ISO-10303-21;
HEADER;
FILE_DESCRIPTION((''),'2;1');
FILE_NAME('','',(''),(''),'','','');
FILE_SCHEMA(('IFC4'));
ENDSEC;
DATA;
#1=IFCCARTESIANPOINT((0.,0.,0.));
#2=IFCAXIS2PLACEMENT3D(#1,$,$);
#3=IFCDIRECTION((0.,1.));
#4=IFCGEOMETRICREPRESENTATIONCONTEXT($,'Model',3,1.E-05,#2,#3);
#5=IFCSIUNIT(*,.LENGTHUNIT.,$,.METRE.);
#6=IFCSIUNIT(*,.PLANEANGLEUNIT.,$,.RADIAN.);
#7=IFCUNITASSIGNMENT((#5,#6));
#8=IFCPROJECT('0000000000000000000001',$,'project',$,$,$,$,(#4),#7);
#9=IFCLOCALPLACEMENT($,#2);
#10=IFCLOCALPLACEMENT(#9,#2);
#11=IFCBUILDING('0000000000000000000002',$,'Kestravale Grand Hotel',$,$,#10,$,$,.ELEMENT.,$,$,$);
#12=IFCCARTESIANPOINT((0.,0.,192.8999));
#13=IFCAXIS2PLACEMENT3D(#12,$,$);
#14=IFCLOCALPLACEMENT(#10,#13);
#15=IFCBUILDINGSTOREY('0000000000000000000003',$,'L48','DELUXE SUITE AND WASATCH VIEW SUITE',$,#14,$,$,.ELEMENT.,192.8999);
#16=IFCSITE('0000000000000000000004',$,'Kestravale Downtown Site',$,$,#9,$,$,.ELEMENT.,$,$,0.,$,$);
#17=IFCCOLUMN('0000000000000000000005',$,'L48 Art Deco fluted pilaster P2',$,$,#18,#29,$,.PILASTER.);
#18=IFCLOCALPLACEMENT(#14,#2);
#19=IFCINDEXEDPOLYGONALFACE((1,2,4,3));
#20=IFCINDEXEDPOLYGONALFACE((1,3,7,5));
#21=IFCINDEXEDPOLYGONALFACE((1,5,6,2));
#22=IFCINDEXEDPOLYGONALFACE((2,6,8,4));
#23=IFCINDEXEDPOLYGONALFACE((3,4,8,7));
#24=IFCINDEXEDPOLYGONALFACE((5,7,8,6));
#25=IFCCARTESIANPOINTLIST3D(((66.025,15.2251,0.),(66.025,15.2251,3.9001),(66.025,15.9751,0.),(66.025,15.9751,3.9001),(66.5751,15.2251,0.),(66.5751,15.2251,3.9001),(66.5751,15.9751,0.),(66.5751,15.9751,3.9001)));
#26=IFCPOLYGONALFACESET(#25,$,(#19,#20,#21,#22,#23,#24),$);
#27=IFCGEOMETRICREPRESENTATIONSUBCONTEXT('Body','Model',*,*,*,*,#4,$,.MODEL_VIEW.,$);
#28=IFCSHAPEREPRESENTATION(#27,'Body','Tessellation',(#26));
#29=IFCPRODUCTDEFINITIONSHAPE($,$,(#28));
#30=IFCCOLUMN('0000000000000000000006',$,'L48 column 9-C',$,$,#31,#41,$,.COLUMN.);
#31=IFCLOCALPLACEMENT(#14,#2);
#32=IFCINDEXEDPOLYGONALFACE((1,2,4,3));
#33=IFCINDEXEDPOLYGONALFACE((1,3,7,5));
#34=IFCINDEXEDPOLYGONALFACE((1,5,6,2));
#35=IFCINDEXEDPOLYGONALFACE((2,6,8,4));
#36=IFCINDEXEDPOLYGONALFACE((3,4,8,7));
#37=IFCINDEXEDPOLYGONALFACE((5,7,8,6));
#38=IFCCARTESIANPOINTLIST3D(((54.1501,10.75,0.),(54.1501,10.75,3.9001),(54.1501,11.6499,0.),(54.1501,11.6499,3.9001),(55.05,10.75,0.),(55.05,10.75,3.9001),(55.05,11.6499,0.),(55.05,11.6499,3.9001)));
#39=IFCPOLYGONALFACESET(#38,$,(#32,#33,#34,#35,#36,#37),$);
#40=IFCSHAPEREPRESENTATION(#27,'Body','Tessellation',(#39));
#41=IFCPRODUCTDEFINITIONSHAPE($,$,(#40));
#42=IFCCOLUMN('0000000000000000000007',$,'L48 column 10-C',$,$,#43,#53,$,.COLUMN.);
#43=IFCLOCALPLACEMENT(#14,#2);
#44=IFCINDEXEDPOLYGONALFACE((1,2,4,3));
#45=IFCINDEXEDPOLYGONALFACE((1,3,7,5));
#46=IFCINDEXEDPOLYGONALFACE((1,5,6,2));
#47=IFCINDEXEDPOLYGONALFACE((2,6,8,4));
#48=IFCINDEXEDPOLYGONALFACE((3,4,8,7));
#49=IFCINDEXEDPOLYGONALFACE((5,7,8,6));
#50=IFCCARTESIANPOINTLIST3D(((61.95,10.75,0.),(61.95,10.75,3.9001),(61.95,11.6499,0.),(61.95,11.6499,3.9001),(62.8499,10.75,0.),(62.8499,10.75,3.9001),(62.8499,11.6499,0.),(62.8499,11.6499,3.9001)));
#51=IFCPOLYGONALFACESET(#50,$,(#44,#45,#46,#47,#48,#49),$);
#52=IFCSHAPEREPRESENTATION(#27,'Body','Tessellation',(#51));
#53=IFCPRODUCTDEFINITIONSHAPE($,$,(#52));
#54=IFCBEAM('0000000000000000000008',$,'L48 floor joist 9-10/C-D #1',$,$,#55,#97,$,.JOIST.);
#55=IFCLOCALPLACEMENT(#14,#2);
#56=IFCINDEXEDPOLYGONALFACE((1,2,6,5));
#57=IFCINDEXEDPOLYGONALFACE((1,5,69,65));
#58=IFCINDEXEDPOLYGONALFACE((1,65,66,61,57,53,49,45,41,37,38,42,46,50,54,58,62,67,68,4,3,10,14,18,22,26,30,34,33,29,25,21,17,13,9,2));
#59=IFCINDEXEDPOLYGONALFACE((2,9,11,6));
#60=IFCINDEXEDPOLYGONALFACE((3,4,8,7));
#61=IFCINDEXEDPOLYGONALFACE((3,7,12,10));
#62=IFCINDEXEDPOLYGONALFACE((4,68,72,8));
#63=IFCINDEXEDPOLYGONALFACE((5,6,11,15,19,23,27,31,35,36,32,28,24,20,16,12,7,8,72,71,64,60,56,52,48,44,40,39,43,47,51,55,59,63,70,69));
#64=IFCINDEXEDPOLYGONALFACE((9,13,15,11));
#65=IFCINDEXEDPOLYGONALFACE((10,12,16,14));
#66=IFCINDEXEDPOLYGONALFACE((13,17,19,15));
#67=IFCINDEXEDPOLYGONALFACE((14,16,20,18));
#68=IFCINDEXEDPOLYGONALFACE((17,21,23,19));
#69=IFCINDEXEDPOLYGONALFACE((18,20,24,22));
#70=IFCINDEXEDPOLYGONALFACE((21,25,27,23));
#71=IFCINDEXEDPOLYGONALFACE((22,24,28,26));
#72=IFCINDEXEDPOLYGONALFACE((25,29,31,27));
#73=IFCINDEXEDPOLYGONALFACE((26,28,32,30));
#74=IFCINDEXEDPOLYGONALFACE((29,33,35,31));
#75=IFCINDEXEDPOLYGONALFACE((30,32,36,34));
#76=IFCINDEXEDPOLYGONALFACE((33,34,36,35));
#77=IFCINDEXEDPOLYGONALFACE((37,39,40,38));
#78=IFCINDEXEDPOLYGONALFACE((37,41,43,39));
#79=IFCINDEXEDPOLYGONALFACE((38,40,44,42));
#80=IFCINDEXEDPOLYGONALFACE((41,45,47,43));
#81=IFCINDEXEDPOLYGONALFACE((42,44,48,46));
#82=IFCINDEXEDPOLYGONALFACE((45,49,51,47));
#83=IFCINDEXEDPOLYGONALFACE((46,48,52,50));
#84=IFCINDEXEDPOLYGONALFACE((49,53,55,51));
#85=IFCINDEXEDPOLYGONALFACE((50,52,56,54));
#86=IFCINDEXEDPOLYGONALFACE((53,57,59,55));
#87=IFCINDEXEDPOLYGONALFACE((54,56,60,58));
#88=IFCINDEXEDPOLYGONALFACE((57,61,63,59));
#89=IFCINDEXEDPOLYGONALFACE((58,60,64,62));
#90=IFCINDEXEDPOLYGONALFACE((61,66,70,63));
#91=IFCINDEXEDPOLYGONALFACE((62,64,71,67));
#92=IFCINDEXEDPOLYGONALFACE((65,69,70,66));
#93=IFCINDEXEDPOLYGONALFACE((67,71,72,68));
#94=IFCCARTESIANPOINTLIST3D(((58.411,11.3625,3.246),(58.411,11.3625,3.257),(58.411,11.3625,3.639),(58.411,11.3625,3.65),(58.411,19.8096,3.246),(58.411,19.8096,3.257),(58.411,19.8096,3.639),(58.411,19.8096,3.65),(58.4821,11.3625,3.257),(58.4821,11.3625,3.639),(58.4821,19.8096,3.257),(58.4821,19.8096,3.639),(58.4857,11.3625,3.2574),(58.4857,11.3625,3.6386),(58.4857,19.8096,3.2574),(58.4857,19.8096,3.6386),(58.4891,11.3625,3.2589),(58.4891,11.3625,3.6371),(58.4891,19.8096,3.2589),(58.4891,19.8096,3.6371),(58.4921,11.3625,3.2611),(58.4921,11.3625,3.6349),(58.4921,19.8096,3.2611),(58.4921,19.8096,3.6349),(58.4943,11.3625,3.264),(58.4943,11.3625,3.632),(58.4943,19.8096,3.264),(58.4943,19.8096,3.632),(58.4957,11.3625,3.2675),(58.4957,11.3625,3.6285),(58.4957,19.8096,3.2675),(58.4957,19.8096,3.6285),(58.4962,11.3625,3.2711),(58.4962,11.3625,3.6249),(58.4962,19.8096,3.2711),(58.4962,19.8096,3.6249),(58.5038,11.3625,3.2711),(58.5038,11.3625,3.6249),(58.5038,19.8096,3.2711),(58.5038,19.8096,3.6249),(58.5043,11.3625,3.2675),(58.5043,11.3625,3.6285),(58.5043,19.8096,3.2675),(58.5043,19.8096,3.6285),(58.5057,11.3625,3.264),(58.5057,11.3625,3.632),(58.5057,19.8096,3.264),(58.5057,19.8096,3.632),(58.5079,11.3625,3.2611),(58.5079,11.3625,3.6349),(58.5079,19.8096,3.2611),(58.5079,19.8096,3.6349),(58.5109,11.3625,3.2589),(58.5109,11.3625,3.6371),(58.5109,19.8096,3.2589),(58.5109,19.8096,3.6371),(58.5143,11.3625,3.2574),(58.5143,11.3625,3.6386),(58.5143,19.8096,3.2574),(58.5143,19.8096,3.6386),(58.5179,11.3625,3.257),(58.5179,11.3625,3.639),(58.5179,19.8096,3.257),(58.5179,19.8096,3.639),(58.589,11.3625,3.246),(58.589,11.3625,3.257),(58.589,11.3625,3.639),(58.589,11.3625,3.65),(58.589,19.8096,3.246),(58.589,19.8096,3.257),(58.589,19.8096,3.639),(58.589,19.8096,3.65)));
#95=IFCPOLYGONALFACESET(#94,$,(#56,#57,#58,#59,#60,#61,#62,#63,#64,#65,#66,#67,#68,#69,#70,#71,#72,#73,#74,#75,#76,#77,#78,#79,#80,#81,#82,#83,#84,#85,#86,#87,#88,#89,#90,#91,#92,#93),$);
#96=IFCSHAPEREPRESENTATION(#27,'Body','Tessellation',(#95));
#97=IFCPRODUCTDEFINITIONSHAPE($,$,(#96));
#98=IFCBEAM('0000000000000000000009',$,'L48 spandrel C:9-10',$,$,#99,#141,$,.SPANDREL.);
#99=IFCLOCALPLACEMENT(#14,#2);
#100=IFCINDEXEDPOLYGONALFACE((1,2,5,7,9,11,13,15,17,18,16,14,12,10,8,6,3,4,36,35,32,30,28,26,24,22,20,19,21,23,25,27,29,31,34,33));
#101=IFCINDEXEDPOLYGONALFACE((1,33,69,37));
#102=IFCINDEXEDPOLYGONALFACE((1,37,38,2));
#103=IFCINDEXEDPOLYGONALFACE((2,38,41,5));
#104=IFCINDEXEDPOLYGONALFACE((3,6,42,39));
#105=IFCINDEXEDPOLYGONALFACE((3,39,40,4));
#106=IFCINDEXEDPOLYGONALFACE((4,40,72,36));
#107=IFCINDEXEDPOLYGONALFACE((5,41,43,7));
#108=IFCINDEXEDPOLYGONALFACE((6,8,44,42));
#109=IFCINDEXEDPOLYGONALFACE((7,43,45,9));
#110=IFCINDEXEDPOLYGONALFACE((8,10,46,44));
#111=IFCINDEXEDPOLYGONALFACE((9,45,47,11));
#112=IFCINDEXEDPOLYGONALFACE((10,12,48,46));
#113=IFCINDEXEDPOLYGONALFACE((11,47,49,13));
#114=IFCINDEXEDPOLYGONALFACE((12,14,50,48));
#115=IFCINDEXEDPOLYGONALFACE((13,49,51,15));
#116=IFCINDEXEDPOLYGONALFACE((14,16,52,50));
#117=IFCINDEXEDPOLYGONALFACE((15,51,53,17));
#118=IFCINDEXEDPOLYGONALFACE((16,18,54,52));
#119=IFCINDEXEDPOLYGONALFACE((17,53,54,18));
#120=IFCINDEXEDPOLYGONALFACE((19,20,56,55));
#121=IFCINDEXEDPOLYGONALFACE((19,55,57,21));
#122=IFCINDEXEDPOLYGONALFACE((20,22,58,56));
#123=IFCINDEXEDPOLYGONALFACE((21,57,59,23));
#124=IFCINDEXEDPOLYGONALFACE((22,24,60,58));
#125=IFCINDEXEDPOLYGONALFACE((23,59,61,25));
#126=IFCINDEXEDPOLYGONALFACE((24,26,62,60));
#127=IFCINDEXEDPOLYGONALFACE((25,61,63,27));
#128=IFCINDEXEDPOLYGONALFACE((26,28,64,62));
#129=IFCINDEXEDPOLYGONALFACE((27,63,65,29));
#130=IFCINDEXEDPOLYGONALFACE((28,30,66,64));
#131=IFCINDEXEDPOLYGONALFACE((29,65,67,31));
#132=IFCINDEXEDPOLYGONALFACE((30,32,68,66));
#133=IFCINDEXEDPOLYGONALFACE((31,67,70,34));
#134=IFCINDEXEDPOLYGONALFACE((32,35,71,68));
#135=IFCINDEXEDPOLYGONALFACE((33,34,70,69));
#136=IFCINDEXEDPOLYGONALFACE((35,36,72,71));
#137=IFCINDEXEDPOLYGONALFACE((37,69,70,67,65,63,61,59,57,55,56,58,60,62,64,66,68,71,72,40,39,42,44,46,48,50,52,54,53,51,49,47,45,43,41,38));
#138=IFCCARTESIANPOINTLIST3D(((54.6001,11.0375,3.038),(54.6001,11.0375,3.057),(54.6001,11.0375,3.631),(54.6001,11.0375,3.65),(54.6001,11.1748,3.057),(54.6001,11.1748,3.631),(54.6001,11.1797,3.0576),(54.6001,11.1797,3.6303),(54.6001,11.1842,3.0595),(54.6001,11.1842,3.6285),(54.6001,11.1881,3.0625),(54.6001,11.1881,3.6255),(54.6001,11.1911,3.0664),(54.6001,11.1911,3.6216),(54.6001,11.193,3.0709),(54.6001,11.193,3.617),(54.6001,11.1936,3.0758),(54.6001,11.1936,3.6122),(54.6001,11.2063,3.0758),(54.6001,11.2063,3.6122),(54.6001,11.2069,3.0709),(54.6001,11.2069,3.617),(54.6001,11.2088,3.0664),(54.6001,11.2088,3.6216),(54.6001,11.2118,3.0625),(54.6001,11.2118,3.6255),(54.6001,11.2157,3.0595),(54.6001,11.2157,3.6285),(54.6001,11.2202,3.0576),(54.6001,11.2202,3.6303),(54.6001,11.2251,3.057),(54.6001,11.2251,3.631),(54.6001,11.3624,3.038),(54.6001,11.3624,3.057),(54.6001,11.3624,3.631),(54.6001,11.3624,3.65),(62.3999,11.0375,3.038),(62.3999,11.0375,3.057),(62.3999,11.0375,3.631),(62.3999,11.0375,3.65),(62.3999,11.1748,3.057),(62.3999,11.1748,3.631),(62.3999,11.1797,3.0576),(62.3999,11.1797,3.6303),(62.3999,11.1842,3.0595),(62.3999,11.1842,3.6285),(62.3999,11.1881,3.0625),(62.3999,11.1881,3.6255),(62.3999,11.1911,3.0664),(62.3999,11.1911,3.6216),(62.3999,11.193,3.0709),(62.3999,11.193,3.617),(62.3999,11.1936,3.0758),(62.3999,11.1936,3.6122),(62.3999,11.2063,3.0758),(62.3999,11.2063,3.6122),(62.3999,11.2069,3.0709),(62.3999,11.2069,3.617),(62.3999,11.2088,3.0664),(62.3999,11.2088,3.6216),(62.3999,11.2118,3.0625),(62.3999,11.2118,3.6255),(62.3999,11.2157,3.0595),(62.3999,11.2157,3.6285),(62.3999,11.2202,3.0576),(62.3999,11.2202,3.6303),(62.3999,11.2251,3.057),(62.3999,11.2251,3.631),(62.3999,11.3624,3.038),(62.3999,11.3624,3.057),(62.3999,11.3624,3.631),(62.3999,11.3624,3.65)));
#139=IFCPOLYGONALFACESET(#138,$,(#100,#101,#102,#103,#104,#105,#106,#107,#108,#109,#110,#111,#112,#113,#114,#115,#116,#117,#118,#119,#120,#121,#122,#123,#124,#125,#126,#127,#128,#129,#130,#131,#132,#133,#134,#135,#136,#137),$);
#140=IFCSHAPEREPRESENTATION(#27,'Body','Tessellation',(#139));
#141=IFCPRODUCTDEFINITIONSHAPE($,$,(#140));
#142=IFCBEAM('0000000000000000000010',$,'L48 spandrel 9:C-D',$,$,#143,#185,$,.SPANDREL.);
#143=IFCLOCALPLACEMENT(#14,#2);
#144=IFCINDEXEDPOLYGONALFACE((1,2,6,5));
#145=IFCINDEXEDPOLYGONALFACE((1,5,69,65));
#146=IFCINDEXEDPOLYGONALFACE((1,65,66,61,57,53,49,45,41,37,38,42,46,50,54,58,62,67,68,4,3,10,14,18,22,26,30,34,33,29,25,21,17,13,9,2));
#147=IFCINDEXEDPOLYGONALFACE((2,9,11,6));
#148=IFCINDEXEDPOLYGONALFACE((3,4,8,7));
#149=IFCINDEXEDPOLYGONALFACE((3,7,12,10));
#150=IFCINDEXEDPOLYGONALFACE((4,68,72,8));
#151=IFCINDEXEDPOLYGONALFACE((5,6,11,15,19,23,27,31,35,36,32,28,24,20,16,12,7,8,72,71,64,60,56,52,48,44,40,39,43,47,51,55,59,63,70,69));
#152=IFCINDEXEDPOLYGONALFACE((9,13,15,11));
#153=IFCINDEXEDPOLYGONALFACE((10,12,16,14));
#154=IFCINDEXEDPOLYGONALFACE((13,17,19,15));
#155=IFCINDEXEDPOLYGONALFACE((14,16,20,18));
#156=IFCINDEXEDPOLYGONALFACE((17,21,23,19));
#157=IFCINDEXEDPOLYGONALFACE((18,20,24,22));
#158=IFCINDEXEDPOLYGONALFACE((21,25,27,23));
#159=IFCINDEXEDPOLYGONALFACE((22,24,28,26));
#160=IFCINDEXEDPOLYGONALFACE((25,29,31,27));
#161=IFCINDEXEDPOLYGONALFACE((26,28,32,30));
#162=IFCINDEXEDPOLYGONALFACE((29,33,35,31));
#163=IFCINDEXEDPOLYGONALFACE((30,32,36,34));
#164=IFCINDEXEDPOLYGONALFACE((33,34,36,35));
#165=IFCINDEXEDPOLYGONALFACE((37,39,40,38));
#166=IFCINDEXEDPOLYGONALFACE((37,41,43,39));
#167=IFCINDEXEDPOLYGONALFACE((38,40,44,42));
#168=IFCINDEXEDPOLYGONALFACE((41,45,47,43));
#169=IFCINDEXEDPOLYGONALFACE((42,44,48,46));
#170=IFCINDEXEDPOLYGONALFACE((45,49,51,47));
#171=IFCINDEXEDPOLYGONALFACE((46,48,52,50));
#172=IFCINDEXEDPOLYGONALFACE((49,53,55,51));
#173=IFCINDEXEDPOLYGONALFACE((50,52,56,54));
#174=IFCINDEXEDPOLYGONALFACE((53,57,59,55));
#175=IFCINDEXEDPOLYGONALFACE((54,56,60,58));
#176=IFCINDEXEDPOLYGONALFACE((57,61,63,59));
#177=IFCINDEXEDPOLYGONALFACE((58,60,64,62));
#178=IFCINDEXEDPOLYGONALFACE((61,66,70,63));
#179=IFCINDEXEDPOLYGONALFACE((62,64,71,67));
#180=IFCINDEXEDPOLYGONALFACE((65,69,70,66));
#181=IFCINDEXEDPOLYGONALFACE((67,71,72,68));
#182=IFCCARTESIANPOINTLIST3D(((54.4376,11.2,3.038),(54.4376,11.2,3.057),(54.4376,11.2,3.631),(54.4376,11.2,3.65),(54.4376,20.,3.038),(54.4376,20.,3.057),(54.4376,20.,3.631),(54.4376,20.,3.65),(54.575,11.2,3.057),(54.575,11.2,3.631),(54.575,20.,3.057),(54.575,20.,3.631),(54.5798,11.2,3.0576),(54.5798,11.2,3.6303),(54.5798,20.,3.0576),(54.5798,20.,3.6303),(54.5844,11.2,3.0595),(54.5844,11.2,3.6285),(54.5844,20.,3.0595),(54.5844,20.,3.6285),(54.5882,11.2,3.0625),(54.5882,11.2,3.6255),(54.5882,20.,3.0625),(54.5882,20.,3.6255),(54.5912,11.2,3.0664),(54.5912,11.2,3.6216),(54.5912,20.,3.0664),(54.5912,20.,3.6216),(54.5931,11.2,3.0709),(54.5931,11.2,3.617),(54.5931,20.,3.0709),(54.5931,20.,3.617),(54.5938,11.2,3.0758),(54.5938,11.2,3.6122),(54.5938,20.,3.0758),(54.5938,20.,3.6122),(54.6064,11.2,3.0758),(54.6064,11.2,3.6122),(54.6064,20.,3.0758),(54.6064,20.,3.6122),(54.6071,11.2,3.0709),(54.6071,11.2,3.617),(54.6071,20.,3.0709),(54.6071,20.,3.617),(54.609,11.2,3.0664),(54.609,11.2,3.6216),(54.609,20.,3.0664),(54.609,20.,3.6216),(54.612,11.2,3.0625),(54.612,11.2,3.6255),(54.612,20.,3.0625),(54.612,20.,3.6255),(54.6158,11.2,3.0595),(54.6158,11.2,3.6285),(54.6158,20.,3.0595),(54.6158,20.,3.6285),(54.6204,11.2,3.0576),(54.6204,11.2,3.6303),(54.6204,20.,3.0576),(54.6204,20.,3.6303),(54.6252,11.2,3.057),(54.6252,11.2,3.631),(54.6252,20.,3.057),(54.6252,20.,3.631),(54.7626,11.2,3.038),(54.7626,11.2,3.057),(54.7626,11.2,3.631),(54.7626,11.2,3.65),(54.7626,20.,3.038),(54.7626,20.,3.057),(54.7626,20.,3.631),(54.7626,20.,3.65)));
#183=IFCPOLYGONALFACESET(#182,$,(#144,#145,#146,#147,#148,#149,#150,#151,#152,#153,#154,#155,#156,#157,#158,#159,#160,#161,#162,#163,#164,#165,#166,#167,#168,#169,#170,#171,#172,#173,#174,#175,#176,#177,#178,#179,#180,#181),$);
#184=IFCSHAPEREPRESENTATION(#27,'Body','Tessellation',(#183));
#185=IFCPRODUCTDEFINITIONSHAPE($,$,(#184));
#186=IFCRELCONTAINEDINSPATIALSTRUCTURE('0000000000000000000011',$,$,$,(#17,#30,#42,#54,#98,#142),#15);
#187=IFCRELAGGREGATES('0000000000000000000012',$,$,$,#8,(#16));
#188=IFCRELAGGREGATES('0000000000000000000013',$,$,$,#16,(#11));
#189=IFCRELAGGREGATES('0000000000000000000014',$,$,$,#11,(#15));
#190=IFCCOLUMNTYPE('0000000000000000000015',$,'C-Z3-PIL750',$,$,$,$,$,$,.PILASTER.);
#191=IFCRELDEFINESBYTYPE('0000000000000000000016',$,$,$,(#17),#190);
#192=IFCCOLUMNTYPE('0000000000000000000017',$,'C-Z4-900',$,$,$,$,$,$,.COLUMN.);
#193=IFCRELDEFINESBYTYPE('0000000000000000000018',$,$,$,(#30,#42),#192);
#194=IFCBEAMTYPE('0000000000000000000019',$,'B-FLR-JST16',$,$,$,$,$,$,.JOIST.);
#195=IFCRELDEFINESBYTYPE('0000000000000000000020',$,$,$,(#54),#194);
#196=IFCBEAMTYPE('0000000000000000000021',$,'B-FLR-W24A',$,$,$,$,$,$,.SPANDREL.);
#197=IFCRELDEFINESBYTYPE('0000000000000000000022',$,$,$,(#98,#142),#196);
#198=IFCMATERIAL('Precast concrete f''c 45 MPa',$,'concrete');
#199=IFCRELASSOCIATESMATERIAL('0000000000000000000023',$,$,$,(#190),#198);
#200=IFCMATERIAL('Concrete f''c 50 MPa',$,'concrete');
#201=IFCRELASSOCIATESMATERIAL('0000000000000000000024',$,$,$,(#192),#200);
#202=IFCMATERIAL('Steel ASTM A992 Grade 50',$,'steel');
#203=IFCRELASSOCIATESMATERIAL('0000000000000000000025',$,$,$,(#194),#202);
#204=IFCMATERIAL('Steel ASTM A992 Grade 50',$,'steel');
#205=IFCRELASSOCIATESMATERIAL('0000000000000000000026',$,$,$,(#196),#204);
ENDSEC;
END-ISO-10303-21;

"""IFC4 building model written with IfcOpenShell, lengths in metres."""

from ifc_helpers import new_model, si_unit, direction, frame, origin, origin_2d, place, context, subcontext, project, spatial, rectangle, i_section, extrude, material, material_profile, profile_set, type_object, element, save


model = new_model("IFC4")

# Units and contexts
model_context = context("Model", 3, precision=1e-05, world=origin(), true_north=direction((0.0, 1.0)))
body_context = subcontext(model_context, "Body", "Model", "MODEL_VIEW")
ifc_project = project(units=[si_unit("LENGTHUNIT", "METRE"), si_unit("PLANEANGLEUNIT", "RADIAN")], contexts=[model_context])

# Site, building, storey
site_placement = place(None, origin())
site = spatial("IfcSite", under=ifc_project, at=site_placement, Name="Kestravale Downtown Site", CompositionType="ELEMENT", RefElevation=0.0)
building_placement = place(site_placement, origin())
building = spatial("IfcBuilding", under=site, at=building_placement, Name="Kestravale Grand Hotel", CompositionType="ELEMENT")
storey_placement = place(building_placement, frame((0.0, 0.0, 192.8999)))
storey = spatial("IfcBuildingStorey", under=building, at=storey_placement, Name="L48", Description="DELUXE SUITE AND WASATCH VIEW SUITE", CompositionType="ELEMENT", Elevation=192.8999)

# Columns
ifc_material_1 = material(Name="Precast concrete f'c 45 MPa", Category="concrete")
ifc_material_profile_1 = material_profile(ifc_material_1, rectangle(XDim=0.55, YDim=0.75, at=origin_2d()))
ifc_profile_set_1 = profile_set([ifc_material_profile_1], Name="Precast concrete f'c 45 MPa")
column_type_1 = type_object("IfcColumnType", Name="C-Z3-PIL750", PredefinedType="PILASTER", material=ifc_profile_set_1)
column_placement = place(storey_placement, frame((66.3, 15.6001, 0.0), z_axis=(0.0, 0.0, 1.0), x_axis=(1.0, 0.0, 0.0)))
element("IfcColumn", 1, at=column_placement, inside=storey, type_object=column_type_1, Name="L48 Art Deco fluted pilaster P2", PredefinedType="PILASTER", context=body_context, shape_type="SweptSolid", body=[
    extrude(rectangle(XDim=0.55, YDim=0.75, at=origin_2d()), origin(), (0.0, 0.0, 1.0), 3.9001),
])
ifc_material_2 = material(Name="Concrete f'c 50 MPa", Category="concrete")
ifc_material_profile_2 = material_profile(ifc_material_2, rectangle(XDim=0.8999, YDim=0.8999, at=origin_2d()))
ifc_profile_set_2 = profile_set([ifc_material_profile_2], Name="Concrete f'c 50 MPa")
column_type_2 = type_object("IfcColumnType", Name="C-Z4-900", PredefinedType="COLUMN", material=ifc_profile_set_2)
for number, where, z_axis, x_axis, name in (
    (2, (54.6001, 11.2, 0.0), (0.0, 0.0, 1.0), (1.0, 0.0, 0.0), "L48 column 9-C"),
    (3, (62.3999, 11.2, 0.0), (0.0, 0.0, 1.0), (1.0, 0.0, 0.0), "L48 column 10-C"),
):
    element("IfcColumn", number, at=place(storey_placement, frame(where, z_axis=z_axis, x_axis=x_axis)), inside=storey, type_object=column_type_2, Name=name, PredefinedType="COLUMN", context=body_context, shape_type="SweptSolid", body=[
        extrude(rectangle(XDim=0.8999, YDim=0.8999, at=origin_2d()), origin(), (0.0, 0.0, 1.0), 3.9001),
    ])

# Beams
ifc_material_3 = material(Name="Steel ASTM A992 Grade 50", Category="steel")
ifc_material_profile_3 = material_profile(ifc_material_3, i_section(OverallWidth=0.178, OverallDepth=0.4041, WebThickness=0.0076, FlangeThickness=0.011, FilletRadius=0.0142, at=origin_2d()))
ifc_profile_set_3 = profile_set([ifc_material_profile_3], Name="Steel ASTM A992 Grade 50")
beam_type_1 = type_object("IfcBeamType", Name="B-FLR-JST16", PredefinedType="JOIST", material=ifc_profile_set_3)
beam_1_placement = place(storey_placement, frame((58.5, 11.3625, 3.448), z_axis=(0.0, 1.0, 0.0), x_axis=(-1.0, 0.0, 0.0)))
element("IfcBeam", 4, at=beam_1_placement, inside=storey, type_object=beam_type_1, Name="L48 floor joist 9-10/C-D #1", PredefinedType="JOIST", context=body_context, shape_type="SweptSolid", body=[
    extrude(i_section(OverallWidth=0.178, OverallDepth=0.4041, WebThickness=0.0076, FlangeThickness=0.011, FilletRadius=0.0142, at=origin_2d()), origin(), (0.0, 0.0, 1.0), 8.447),
])
ifc_material_4 = material(Name="Steel ASTM A992 Grade 50", Category="steel")
ifc_material_profile_4 = material_profile(ifc_material_4, i_section(OverallWidth=0.325, OverallDepth=0.6121, WebThickness=0.0127, FlangeThickness=0.019, FilletRadius=0.0188, at=origin_2d()))
ifc_profile_set_4 = profile_set([ifc_material_profile_4], Name="Steel ASTM A992 Grade 50")
beam_type_2 = type_object("IfcBeamType", Name="B-FLR-W24A", PredefinedType="SPANDREL", material=ifc_profile_set_4)
beam_2_placement = place(storey_placement, frame((54.6001, 11.2, 3.344), z_axis=(1.0, 0.0, 0.0), x_axis=(0.0, 1.0, 0.0)))
element("IfcBeam", 5, at=beam_2_placement, inside=storey, type_object=beam_type_2, Name="L48 spandrel C:9-10", PredefinedType="SPANDREL", context=body_context, shape_type="SweptSolid", body=[
    extrude(i_section(OverallWidth=0.325, OverallDepth=0.6121, WebThickness=0.0127, FlangeThickness=0.019, FilletRadius=0.0188, at=origin_2d()), origin(), (0.0, 0.0, 1.0), 7.7998),
])
for number, where, z_axis, x_axis, name in (
    (6, (54.6001, 11.2, 3.344), (0.0, 1.0, 0.0), (-1.0, 0.0, 0.0), "L48 spandrel 9:C-D"),
):
    element("IfcBeam", number, at=place(storey_placement, frame(where, z_axis=z_axis, x_axis=x_axis)), inside=storey, type_object=beam_type_2, Name=name, PredefinedType="SPANDREL", context=body_context, shape_type="SweptSolid", body=[
        extrude(i_section(OverallWidth=0.325, OverallDepth=0.6121, WebThickness=0.0127, FlangeThickness=0.019, FilletRadius=0.0188, at=origin_2d()), origin(), (0.0, 0.0, 1.0), 8.8),
    ])

save(model, "model.ifc")
